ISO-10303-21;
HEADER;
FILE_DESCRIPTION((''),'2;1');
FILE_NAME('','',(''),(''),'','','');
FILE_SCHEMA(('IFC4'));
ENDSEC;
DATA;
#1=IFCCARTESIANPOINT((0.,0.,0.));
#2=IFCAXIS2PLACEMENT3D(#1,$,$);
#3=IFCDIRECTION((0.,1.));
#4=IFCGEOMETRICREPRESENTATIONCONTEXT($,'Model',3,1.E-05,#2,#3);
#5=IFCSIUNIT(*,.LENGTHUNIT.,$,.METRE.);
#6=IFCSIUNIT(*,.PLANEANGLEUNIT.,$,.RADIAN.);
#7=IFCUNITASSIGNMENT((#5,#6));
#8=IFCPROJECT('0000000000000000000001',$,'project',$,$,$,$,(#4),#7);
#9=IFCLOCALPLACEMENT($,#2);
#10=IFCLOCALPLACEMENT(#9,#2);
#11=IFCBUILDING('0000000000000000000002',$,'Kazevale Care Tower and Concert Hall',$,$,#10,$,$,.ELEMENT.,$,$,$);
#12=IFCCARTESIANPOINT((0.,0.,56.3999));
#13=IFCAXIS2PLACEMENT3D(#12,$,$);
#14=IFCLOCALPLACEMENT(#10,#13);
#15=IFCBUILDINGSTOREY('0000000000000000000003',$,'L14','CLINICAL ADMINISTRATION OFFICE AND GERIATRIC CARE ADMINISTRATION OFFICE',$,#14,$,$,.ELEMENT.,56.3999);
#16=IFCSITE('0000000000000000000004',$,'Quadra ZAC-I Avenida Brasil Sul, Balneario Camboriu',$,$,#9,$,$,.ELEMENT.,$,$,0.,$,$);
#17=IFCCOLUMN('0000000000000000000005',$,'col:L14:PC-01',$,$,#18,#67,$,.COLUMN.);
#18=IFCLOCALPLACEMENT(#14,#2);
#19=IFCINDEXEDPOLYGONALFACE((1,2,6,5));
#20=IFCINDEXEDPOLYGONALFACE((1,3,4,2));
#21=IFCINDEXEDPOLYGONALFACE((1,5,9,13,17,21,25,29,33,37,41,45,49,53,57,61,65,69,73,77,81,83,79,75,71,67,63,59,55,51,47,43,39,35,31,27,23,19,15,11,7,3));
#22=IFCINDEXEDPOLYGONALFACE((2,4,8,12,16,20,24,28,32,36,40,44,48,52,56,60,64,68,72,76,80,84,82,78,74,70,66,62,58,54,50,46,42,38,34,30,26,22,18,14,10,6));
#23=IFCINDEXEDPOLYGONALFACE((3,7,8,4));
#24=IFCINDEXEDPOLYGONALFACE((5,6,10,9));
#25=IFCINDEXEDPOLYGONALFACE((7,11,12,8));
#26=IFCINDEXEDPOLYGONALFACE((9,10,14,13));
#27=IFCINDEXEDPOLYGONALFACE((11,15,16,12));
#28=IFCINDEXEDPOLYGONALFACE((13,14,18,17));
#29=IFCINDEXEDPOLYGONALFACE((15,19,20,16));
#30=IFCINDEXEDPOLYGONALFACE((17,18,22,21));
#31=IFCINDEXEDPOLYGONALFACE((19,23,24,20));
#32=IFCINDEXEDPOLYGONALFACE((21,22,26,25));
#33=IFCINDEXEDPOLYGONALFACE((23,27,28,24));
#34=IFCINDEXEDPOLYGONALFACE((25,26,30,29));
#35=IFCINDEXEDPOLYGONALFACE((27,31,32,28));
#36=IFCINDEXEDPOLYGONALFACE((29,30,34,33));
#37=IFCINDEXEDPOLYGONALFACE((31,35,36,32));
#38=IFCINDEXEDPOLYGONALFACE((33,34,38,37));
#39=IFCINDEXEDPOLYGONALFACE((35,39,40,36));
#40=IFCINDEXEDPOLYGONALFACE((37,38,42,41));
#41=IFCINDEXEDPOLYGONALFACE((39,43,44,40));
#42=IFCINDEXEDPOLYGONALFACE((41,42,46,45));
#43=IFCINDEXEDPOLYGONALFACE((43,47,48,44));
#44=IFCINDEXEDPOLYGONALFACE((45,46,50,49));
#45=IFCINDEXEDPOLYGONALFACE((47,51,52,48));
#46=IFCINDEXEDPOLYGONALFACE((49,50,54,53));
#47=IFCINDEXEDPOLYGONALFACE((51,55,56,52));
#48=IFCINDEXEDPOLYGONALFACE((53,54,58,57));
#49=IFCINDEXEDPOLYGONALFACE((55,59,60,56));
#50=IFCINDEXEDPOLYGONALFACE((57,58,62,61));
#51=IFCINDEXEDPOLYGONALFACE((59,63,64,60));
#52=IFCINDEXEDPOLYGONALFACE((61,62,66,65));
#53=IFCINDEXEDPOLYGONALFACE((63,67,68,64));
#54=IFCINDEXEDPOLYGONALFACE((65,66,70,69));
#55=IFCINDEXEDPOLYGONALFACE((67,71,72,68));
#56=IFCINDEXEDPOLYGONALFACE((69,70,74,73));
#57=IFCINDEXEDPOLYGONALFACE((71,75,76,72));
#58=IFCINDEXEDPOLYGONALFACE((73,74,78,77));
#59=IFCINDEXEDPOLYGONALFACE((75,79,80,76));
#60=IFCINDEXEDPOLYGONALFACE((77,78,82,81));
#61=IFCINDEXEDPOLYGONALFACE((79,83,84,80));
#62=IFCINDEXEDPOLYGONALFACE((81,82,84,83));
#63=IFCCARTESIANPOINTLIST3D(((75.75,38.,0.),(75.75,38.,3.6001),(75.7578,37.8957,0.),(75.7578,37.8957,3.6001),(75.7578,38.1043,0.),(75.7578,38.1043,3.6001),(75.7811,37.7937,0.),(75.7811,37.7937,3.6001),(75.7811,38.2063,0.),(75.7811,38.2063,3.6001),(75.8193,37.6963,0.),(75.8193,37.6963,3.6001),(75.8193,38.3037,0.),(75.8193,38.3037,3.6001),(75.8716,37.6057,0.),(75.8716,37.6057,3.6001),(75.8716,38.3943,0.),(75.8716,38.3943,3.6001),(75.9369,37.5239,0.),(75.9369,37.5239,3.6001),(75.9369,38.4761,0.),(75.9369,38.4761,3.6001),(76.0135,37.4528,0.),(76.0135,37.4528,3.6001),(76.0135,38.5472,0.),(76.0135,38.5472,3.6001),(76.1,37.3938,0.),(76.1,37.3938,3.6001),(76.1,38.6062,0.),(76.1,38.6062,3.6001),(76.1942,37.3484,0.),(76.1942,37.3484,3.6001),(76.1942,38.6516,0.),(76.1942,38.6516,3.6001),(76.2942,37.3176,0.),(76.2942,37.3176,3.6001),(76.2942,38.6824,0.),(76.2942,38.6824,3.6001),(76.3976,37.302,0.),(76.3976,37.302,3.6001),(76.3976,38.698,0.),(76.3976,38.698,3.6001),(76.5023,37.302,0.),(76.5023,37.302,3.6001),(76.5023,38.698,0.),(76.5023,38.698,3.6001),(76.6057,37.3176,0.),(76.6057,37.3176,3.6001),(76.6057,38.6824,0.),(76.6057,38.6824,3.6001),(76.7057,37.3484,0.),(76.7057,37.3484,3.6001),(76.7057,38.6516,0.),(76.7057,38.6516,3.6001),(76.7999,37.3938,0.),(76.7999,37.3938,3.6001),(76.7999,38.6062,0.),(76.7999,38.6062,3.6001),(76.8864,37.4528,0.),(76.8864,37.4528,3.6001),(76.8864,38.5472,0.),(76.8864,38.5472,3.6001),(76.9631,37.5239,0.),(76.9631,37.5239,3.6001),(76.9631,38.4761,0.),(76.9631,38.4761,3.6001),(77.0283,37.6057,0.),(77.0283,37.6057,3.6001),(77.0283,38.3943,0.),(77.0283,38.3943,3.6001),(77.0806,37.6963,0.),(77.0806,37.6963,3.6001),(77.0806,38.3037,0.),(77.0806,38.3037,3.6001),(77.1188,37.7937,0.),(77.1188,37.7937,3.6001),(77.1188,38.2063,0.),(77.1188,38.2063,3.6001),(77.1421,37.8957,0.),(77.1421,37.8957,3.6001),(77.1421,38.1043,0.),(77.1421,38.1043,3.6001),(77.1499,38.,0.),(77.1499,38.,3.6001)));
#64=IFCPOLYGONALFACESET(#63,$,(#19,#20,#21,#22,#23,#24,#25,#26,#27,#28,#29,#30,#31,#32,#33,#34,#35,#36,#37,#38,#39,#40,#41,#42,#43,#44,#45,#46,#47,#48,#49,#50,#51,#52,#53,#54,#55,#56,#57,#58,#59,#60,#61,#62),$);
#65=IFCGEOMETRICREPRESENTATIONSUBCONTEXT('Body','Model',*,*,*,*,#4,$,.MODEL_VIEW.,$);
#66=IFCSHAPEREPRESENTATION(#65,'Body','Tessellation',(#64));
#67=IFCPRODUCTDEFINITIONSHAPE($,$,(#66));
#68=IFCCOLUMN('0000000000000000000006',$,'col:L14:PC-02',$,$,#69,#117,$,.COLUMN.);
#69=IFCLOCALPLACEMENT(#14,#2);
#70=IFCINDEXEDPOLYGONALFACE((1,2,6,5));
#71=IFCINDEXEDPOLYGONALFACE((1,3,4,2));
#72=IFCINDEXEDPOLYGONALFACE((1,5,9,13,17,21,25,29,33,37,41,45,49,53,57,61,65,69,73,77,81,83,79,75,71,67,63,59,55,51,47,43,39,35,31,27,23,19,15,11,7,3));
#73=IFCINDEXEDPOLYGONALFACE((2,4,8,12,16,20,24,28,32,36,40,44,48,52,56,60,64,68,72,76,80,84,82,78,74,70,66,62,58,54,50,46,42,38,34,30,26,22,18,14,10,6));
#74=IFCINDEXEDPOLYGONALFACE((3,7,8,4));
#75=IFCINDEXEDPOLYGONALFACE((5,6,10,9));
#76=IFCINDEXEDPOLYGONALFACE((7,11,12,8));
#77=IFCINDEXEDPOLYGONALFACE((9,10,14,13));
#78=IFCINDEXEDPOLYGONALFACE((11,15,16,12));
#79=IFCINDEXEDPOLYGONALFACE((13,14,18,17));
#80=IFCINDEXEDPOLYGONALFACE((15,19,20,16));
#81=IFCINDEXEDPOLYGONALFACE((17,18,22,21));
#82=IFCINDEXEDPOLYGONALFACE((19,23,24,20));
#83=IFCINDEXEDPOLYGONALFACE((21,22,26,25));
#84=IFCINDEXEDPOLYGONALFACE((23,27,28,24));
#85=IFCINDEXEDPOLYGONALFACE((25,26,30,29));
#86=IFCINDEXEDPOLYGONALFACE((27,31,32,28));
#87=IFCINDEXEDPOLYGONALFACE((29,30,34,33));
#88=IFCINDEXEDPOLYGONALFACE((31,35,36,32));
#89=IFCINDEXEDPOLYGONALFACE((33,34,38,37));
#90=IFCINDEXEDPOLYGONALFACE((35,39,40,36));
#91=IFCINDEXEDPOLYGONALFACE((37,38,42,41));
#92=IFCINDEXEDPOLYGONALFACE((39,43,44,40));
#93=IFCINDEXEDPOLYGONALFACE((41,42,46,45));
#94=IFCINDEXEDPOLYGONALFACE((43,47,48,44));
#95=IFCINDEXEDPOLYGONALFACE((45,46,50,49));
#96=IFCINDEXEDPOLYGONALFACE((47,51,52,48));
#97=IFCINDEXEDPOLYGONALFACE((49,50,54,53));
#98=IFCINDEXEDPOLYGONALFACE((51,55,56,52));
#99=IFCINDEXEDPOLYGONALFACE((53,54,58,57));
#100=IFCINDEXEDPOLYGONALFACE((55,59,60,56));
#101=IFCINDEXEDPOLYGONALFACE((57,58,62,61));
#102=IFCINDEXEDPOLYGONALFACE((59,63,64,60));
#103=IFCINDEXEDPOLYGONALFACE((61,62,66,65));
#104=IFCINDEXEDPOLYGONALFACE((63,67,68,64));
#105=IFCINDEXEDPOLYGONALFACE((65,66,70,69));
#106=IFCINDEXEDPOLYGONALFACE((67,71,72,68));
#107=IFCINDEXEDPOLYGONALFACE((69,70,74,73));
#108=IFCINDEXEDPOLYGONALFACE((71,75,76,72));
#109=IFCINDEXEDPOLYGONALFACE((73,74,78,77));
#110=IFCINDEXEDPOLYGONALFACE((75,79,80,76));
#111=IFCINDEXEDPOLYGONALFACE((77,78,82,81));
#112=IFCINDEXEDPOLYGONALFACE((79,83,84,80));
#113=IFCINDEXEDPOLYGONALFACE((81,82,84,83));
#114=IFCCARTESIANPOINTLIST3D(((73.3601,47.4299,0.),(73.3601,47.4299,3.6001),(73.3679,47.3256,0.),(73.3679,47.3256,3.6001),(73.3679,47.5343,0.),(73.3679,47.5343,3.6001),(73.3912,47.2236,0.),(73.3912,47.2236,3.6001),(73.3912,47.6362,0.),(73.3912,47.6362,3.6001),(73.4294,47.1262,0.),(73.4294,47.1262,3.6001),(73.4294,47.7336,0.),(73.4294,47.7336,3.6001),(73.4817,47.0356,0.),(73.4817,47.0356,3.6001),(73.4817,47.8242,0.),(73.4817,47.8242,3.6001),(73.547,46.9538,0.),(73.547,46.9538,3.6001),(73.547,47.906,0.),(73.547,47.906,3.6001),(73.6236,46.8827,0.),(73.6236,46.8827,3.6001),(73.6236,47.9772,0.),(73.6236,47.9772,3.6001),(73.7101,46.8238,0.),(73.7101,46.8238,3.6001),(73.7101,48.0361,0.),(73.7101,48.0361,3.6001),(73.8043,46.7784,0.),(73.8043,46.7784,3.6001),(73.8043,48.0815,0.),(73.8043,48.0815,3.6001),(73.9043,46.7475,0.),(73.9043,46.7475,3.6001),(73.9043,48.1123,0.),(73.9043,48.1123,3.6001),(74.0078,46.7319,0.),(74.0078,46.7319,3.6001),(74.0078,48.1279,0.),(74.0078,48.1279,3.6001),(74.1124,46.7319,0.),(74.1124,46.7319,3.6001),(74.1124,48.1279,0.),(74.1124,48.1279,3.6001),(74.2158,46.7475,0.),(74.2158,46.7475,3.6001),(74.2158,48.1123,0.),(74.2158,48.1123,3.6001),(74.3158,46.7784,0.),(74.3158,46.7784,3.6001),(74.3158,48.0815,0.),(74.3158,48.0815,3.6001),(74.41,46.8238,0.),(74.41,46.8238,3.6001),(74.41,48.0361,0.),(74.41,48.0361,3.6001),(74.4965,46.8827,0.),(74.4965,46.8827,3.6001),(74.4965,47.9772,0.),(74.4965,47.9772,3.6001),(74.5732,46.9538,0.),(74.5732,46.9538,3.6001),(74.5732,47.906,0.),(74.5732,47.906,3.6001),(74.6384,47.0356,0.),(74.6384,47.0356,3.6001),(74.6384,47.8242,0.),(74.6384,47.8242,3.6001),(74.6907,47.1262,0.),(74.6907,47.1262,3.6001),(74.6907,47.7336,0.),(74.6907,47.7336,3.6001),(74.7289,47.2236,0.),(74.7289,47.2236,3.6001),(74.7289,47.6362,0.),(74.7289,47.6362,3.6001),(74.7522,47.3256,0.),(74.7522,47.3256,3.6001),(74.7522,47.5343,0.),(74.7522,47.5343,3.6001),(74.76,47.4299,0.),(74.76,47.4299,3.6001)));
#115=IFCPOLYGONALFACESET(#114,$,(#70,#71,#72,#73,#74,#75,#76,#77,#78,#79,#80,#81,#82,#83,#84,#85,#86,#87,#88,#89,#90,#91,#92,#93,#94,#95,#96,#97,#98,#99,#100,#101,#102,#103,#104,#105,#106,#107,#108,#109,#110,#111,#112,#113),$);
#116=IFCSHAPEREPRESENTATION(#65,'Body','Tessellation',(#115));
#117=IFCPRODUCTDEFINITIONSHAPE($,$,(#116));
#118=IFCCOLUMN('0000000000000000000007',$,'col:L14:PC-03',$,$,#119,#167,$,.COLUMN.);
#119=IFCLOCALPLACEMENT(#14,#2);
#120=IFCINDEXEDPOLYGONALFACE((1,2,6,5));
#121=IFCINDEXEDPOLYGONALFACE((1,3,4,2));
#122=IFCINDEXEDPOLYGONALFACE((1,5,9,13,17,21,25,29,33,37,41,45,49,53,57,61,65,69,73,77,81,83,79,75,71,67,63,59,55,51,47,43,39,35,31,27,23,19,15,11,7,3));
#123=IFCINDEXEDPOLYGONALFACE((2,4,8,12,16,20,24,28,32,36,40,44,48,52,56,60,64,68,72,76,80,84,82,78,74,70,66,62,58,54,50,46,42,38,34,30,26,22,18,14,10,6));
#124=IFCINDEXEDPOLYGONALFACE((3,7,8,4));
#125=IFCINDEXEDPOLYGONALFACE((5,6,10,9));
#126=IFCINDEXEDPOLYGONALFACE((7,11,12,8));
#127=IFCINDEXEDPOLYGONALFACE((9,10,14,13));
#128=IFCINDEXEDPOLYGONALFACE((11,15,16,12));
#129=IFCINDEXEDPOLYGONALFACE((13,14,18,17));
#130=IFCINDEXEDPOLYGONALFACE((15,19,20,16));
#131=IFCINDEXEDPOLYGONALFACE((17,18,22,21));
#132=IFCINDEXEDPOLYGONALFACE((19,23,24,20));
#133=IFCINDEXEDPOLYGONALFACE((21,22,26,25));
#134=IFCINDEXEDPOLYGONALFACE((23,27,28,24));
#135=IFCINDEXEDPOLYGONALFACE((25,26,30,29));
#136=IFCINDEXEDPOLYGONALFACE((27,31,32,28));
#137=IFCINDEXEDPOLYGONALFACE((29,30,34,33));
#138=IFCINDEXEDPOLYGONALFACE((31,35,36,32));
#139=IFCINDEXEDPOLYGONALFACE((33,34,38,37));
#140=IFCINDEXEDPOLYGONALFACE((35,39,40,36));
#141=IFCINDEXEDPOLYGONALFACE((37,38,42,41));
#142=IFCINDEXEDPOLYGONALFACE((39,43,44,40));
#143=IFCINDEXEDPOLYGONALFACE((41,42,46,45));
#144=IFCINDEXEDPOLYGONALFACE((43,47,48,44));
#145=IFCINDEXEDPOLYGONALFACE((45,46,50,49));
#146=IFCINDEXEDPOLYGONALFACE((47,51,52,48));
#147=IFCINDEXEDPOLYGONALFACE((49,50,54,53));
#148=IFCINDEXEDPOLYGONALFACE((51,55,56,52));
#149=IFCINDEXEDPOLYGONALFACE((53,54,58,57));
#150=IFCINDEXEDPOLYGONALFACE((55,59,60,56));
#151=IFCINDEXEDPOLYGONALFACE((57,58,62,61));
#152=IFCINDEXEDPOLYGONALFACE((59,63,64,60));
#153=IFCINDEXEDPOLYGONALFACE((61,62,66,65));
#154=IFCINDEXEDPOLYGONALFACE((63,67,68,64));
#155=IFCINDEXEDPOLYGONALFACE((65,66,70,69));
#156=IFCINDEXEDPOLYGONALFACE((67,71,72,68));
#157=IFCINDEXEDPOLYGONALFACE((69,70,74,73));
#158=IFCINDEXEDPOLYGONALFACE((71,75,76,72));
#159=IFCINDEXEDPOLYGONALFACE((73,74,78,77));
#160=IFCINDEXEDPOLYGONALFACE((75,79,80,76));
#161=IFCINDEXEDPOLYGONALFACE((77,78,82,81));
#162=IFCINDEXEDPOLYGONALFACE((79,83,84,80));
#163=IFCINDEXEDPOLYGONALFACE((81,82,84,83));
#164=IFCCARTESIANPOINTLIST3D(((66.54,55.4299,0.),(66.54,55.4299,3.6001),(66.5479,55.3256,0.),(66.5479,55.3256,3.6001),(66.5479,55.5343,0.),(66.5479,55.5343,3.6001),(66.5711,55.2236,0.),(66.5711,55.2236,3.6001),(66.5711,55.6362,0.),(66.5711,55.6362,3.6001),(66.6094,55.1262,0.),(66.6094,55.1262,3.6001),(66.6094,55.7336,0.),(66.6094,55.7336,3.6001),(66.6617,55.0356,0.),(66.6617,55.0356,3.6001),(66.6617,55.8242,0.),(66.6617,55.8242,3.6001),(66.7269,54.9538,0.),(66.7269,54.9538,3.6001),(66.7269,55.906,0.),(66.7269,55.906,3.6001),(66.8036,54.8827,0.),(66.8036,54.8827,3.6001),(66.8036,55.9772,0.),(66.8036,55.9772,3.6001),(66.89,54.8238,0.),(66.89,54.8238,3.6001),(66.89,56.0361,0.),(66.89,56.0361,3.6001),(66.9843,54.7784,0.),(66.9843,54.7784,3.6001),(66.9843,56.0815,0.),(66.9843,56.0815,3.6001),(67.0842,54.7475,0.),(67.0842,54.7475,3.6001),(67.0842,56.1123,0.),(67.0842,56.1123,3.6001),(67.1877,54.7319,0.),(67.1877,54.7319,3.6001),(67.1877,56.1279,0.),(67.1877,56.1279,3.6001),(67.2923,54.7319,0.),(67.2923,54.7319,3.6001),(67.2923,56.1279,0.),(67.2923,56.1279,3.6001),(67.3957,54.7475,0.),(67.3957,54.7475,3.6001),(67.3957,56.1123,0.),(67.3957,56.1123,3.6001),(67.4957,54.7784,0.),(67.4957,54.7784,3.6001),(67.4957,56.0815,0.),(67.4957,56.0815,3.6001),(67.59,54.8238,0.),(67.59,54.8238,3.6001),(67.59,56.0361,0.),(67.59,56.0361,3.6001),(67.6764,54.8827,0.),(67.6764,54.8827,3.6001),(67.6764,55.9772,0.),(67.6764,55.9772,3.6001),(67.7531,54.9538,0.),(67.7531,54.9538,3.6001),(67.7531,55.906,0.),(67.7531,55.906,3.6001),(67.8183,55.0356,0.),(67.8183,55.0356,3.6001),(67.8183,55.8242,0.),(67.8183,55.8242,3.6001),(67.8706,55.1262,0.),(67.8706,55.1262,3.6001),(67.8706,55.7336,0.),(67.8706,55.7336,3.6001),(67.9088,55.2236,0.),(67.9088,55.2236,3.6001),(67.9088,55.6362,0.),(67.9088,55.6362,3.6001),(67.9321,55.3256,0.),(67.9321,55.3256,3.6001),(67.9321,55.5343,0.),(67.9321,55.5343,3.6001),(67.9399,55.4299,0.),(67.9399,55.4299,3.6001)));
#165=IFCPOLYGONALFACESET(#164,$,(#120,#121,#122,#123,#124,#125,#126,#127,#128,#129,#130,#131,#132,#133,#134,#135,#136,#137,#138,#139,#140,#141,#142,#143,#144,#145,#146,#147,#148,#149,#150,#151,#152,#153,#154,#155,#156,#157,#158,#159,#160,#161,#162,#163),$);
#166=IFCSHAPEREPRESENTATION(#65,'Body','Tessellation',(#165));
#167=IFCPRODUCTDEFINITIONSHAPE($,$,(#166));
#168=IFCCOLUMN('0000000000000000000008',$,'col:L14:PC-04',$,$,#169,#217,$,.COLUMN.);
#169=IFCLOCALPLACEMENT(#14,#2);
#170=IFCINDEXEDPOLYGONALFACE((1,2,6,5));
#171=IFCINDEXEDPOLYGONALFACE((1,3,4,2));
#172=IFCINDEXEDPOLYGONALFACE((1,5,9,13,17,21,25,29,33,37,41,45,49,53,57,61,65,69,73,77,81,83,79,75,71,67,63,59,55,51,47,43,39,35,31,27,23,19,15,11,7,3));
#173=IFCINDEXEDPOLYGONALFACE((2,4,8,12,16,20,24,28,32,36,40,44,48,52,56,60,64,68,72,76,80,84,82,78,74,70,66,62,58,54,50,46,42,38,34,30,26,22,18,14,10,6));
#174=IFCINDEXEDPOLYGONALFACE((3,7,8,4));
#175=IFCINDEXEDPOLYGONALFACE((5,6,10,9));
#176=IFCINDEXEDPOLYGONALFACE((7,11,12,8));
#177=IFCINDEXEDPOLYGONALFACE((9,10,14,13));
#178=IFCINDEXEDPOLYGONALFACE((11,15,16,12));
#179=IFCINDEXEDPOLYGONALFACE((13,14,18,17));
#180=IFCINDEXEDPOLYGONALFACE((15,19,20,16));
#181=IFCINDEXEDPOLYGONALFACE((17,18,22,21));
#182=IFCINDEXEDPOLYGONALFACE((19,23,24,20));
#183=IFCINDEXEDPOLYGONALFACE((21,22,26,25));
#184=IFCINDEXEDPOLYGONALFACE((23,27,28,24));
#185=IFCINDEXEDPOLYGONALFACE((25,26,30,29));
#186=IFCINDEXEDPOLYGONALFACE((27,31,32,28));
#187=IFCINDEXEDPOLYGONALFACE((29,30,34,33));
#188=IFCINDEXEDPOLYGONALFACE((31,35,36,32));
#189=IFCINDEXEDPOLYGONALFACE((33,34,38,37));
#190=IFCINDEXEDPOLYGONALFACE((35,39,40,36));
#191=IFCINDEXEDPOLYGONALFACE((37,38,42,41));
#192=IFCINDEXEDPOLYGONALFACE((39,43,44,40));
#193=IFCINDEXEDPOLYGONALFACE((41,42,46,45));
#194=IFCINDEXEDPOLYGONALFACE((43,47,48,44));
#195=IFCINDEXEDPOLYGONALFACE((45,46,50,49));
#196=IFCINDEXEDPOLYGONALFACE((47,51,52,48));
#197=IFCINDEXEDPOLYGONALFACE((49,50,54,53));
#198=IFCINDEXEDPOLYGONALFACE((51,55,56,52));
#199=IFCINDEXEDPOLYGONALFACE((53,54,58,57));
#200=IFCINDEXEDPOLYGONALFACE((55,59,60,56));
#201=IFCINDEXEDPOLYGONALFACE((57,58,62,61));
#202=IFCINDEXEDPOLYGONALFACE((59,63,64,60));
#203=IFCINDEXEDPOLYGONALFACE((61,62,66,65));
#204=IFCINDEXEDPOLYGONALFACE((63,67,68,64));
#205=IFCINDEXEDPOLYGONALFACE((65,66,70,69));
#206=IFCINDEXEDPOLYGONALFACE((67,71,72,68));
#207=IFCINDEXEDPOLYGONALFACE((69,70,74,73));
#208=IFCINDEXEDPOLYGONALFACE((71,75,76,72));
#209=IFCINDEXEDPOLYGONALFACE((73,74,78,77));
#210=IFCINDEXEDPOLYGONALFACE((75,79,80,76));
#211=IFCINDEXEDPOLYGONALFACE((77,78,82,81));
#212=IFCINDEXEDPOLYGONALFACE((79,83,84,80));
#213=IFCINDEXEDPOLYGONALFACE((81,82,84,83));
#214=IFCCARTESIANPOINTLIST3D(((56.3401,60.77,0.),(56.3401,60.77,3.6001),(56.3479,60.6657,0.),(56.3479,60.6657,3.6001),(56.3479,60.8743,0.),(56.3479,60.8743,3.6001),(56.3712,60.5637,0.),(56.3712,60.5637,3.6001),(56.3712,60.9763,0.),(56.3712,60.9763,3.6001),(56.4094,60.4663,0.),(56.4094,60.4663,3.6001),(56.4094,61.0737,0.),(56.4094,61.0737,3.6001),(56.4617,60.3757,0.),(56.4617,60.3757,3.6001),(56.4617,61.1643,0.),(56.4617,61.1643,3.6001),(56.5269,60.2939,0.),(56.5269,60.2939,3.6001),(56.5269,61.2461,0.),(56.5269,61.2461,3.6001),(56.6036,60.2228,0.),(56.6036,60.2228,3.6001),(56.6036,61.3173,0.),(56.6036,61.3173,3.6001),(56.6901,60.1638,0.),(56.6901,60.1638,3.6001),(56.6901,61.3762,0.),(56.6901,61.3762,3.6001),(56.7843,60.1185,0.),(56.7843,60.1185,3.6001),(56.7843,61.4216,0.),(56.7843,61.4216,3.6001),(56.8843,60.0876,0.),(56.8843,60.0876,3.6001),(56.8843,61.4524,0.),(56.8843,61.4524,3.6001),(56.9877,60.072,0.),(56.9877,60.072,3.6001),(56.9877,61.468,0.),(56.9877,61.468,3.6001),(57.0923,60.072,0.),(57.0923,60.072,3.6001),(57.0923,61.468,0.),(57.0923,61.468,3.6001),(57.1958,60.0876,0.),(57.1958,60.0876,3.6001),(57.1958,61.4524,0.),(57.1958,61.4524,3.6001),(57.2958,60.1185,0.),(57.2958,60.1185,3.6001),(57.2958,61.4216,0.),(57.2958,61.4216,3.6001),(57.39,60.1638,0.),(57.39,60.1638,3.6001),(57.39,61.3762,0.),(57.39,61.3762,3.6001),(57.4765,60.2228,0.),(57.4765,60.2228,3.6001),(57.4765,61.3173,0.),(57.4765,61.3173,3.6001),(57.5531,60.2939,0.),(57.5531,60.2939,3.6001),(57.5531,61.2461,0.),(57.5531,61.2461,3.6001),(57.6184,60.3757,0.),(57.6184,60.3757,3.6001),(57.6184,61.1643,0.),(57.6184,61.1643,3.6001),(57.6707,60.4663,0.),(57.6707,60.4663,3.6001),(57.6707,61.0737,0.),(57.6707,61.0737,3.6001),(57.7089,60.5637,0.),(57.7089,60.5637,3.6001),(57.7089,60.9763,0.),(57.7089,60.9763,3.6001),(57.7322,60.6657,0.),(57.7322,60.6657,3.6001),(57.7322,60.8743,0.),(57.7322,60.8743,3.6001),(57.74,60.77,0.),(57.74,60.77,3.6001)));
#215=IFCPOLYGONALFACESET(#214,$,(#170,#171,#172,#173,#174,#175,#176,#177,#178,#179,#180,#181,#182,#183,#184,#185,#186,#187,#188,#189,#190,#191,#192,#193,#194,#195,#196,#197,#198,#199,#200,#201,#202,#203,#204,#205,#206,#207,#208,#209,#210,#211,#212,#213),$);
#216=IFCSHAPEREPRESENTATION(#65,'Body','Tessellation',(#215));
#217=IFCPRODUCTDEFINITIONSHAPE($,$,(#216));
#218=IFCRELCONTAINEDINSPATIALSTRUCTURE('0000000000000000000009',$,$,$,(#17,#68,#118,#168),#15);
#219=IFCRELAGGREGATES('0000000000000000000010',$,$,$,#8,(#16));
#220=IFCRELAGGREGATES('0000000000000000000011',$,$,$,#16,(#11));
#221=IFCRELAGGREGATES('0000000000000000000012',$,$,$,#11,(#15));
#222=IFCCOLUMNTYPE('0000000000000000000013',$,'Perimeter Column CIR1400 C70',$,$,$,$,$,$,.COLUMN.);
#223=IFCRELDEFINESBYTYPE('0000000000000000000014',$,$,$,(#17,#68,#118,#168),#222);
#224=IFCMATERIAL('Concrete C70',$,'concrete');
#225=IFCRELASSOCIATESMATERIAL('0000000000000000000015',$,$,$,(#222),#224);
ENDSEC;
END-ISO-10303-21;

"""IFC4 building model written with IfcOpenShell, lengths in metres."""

from ifc_helpers import new_model, si_unit, direction, frame, origin, origin_2d, place, context, subcontext, project, spatial, circle, extrude, material, material_profile, profile_set, type_object, element, save


model = new_model("IFC4")

# Units and contexts
model_context = context("Model", 3, precision=1e-05, world=origin(), true_north=direction((0.0, 1.0)))
body_context = subcontext(model_context, "Body", "Model", "MODEL_VIEW")
ifc_project = project(units=[si_unit("LENGTHUNIT", "METRE"), si_unit("PLANEANGLEUNIT", "RADIAN")], contexts=[model_context])

# Site, building, storey
site_placement = place(None, origin())
site = spatial("IfcSite", under=ifc_project, at=site_placement, Name="Quadra ZAC-I Avenida Brasil Sul, Balneario Camboriu", CompositionType="ELEMENT", RefElevation=0.0)
building_placement = place(site_placement, origin())
building = spatial("IfcBuilding", under=site, at=building_placement, Name="Kazevale Care Tower and Concert Hall", CompositionType="ELEMENT")
storey_placement = place(building_placement, frame((0.0, 0.0, 56.3999)))
storey = spatial("IfcBuildingStorey", under=building, at=storey_placement, Name="L14", Description="CLINICAL ADMINISTRATION OFFICE AND GERIATRIC CARE ADMINISTRATION OFFICE", CompositionType="ELEMENT", Elevation=56.3999)

# Columns
ifc_material_1 = material(Name="Concrete C70", Category="concrete")
ifc_material_profile_1 = material_profile(ifc_material_1, circle(Radius=0.7, at=origin_2d()), Name="RC-CIR1400")
ifc_profile_set_1 = profile_set([ifc_material_profile_1], Name="Concrete C70")
column_type = type_object("IfcColumnType", Name="Perimeter Column CIR1400 C70", PredefinedType="COLUMN", material=ifc_profile_set_1)
for number, where, z_axis, x_axis, name in (
    (1, (76.45, 38.0, 0.0), (0.0, 0.0, 1.0), (1.0, 0.0, 0.0), "col:L14:PC-01"),
    (2, (74.0601, 47.4299, 0.0), (0.0, 0.0, 1.0), (1.0, 0.0, 0.0), "col:L14:PC-02"),
    (3, (67.24, 55.4299, 0.0), (0.0, 0.0, 1.0), (1.0, 0.0, 0.0), "col:L14:PC-03"),
    (4, (57.04, 60.77, 0.0), (0.0, 0.0, 1.0), (1.0, 0.0, 0.0), "col:L14:PC-04"),
):
    element("IfcColumn", number, at=place(storey_placement, frame(where, z_axis=z_axis, x_axis=x_axis)), inside=storey, type_object=column_type, Name=name, PredefinedType="COLUMN", context=body_context, shape_type="SweptSolid", body=[
        extrude(circle(Radius=0.7, at=origin_2d()), origin(), (0.0, 0.0, 1.0), 3.6001),
    ])

save(model, "model.ifc")
